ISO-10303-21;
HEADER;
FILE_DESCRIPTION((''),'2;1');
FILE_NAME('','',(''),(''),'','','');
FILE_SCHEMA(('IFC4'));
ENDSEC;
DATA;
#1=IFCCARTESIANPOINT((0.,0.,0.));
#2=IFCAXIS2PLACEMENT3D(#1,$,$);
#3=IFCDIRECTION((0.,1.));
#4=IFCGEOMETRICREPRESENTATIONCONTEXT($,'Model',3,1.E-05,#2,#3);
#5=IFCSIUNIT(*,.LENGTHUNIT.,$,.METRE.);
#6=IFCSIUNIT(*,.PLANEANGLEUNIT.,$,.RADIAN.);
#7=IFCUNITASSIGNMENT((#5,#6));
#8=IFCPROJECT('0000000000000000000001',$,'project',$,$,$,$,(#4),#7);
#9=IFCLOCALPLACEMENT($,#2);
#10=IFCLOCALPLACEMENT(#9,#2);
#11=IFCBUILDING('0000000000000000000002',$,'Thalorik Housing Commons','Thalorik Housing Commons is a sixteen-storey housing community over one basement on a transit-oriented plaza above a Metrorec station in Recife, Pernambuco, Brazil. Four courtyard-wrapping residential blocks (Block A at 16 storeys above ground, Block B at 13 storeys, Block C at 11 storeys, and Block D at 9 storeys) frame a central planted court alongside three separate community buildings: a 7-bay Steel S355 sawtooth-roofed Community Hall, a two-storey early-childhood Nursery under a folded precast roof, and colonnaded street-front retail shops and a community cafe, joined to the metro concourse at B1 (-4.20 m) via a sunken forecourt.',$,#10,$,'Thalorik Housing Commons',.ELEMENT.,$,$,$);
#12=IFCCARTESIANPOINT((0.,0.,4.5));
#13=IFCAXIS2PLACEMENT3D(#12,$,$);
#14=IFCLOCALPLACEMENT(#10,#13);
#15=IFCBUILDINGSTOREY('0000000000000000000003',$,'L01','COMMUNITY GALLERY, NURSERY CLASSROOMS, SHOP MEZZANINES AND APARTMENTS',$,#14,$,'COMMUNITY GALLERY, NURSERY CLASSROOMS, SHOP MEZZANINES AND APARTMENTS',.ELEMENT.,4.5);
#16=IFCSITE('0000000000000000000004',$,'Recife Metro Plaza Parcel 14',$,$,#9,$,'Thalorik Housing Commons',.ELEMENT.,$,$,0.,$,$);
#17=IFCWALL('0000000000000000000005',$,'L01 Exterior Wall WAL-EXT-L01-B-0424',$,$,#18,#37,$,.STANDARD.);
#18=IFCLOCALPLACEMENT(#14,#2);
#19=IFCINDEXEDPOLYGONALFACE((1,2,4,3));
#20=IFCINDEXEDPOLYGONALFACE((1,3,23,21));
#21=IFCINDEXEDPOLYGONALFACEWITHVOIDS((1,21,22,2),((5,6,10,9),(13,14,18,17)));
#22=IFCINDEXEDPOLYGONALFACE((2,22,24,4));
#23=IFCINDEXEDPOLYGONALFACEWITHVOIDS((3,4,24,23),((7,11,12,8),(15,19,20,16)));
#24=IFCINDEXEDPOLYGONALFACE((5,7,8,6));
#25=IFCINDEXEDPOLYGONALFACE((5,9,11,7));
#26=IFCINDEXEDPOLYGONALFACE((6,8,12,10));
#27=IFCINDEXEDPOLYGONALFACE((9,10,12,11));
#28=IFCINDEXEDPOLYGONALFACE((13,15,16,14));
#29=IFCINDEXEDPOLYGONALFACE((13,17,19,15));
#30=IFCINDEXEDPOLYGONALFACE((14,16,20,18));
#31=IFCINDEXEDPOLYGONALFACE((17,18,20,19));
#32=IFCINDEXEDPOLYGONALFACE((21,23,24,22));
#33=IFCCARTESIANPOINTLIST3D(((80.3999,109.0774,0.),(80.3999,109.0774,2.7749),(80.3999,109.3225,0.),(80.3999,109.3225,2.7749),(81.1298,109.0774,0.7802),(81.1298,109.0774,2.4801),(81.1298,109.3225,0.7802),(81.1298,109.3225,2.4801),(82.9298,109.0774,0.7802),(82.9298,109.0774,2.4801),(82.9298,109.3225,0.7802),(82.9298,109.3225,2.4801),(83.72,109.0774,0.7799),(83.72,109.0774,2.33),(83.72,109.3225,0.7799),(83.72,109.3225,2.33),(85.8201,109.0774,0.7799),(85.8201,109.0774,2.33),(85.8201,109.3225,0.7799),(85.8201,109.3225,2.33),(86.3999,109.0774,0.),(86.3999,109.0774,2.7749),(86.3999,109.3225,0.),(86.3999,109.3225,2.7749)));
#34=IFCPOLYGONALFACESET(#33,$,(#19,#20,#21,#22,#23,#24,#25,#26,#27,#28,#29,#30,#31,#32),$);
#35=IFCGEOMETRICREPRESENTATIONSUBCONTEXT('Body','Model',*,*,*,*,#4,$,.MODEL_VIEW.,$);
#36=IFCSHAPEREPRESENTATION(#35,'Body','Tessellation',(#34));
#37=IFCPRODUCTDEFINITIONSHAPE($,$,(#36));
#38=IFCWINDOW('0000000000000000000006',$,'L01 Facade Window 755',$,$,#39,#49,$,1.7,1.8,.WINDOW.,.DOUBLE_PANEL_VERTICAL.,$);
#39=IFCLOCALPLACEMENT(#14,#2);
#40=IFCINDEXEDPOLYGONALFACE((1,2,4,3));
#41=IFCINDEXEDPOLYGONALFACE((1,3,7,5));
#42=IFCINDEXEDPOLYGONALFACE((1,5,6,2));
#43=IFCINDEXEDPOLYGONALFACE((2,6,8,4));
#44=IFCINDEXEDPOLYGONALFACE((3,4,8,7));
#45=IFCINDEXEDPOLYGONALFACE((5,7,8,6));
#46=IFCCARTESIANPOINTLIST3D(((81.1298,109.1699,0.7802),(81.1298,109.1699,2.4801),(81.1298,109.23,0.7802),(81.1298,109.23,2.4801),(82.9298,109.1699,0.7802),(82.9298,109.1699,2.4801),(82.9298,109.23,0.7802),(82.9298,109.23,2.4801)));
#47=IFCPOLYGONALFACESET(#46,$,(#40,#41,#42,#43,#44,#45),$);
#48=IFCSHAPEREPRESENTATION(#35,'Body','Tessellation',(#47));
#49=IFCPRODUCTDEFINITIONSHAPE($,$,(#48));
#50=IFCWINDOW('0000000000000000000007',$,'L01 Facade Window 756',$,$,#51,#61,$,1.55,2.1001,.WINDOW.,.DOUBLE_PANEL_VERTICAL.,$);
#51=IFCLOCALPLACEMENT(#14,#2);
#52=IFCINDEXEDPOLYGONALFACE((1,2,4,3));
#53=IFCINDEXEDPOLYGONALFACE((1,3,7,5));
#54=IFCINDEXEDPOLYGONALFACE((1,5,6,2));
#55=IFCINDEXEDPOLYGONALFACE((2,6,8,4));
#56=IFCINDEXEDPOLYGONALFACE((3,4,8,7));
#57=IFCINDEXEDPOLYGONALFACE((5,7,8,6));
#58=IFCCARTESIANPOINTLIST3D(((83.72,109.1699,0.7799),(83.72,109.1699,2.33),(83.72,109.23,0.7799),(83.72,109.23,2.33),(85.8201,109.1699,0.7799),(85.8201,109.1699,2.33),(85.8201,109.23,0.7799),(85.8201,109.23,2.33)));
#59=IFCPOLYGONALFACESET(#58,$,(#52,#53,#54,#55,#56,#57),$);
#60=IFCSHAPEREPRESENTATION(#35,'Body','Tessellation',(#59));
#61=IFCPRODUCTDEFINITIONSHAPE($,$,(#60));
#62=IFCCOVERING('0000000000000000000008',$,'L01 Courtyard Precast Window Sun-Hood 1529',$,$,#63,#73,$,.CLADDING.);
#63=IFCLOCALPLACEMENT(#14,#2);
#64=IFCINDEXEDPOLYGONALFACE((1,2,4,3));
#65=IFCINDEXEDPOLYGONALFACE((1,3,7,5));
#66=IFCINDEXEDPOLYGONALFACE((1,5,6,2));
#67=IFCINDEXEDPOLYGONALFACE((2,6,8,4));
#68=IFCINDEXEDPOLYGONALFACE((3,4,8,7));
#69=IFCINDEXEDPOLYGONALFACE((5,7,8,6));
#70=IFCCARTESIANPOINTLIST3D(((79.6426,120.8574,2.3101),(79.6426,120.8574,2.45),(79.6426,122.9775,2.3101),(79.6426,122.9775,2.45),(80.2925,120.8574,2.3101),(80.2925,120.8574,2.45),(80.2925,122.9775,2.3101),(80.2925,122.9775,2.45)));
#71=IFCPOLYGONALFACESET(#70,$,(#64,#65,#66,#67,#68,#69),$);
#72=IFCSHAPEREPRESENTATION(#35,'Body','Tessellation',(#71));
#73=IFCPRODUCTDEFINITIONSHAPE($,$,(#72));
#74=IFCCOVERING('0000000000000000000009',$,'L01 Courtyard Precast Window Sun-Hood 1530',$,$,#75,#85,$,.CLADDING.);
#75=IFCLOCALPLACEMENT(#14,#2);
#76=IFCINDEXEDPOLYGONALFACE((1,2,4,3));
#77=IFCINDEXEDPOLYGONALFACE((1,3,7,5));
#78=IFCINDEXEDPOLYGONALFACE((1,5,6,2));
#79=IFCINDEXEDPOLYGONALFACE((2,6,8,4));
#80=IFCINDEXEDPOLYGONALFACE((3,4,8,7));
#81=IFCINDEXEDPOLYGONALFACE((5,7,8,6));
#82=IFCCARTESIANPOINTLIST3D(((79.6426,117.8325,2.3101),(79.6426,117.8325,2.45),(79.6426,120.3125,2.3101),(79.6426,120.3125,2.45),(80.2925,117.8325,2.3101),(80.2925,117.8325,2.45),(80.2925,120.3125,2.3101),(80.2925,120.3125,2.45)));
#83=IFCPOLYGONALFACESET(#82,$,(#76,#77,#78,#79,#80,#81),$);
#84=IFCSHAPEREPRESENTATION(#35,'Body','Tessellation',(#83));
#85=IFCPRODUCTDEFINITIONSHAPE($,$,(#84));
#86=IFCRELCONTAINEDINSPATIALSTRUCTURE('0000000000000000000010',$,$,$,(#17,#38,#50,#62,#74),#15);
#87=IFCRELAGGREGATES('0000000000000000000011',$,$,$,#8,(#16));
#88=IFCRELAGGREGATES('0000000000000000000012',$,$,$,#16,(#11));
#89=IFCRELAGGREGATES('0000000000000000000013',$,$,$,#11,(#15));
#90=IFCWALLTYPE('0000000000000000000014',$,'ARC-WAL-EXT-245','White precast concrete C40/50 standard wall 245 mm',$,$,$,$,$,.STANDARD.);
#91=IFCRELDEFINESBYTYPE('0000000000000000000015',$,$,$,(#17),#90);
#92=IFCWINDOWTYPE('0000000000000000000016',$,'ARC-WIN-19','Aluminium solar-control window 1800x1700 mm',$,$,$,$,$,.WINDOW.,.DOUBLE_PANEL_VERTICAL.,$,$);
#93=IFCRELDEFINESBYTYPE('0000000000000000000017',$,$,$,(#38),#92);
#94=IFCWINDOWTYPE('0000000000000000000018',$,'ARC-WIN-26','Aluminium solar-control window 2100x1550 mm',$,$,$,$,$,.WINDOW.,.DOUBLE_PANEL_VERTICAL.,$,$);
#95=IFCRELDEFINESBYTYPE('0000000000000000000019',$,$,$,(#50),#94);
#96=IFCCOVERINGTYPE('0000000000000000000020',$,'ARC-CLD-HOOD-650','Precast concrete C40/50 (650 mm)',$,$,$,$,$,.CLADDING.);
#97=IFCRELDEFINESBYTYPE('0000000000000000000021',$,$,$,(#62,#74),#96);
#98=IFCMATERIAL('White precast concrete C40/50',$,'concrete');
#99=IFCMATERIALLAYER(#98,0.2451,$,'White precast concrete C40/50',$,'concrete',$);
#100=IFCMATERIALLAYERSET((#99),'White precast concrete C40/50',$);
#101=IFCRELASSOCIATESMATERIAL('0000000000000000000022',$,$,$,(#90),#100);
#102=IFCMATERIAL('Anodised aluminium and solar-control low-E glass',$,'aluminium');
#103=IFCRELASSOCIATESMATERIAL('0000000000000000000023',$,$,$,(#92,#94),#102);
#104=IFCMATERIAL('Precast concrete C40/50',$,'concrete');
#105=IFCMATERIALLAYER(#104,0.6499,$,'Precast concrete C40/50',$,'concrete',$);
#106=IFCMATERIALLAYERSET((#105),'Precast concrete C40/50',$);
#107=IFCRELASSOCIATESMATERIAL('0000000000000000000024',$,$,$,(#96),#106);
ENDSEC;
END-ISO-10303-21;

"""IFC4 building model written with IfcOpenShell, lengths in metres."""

from ifc_helpers import new_model, si_unit, direction, frame, frame_2d, origin, origin_2d, place, context, subcontext, project, spatial, rectangle, extrude, material, layer, layer_set, type_object, element, fill, save


model = new_model("IFC4")

# Units and contexts
model_context = context("Model", 3, precision=1e-05, world=origin(), true_north=direction((0.0, 1.0)))
body_context = subcontext(model_context, "Body", "Model", "MODEL_VIEW")
ifc_project = project(units=[si_unit("LENGTHUNIT", "METRE"), si_unit("PLANEANGLEUNIT", "RADIAN")], contexts=[model_context])

# Site, building, storey
site_placement = place(None, origin())
site = spatial("IfcSite", under=ifc_project, at=site_placement, Name="Recife Metro Plaza Parcel 14", LongName="Thalorik Housing Commons", CompositionType="ELEMENT", RefElevation=0.0)
building_placement = place(site_placement, origin())
building = spatial("IfcBuilding", under=site, at=building_placement, Name="Thalorik Housing Commons", Description="Thalorik Housing Commons is a sixteen-storey housing community over one basement on a transit-oriented plaza above a Metrorec station in Recife, Pernambuco, Brazil. Four courtyard-wrapping residential blocks (Block A at 16 storeys above ground, Block B at 13 storeys, Block C at 11 storeys, and Block D at 9 storeys) frame a central planted court alongside three separate community buildings: a 7-bay Steel S355 sawtooth-roofed Community Hall, a two-storey early-childhood Nursery under a folded precast roof, and colonnaded street-front retail shops and a community cafe, joined to the metro concourse at B1 (-4.20 m) via a sunken forecourt.", LongName="Thalorik Housing Commons", CompositionType="ELEMENT")
storey_placement = place(building_placement, frame((0.0, 0.0, 4.5)))
storey = spatial("IfcBuildingStorey", under=building, at=storey_placement, Name="L01", Description="COMMUNITY GALLERY, NURSERY CLASSROOMS, SHOP MEZZANINES AND APARTMENTS", LongName="COMMUNITY GALLERY, NURSERY CLASSROOMS, SHOP MEZZANINES AND APARTMENTS", CompositionType="ELEMENT", Elevation=4.5)

# Shared definitions
ifc_material_1 = material(Name="Precast concrete C40/50", Category="concrete")

# Shared definitions
ifc_material_2 = material(Name="Anodised aluminium and solar-control low-E glass", Category="aluminium")

# Shared definitions
ifc_material_3 = material(Name="White precast concrete C40/50", Category="concrete")
ifc_layer_1 = layer(ifc_material_3, 0.2451, Name="White precast concrete C40/50", Category="concrete")
ifc_layer_set_1 = layer_set([ifc_layer_1], Name="White precast concrete C40/50")
wall_type = type_object("IfcWallType", Name="ARC-WAL-EXT-245", Description="White precast concrete C40/50 standard wall 245 mm", PredefinedType="STANDARD", material=ifc_layer_set_1)

# Wall, openings, windows
wall_1_placement = place(storey_placement, frame((80.3999, 109.2, 0.0), z_axis=(0.0, 0.0, 1.0), x_axis=(1.0, 0.0, 0.0)))
wall_1 = element("IfcWall", 1, at=wall_1_placement, inside=storey, type_object=wall_type, Name="L01 Exterior Wall WAL-EXT-L01-B-0424", PredefinedType="STANDARD", context=body_context, shape_type="SweptSolid", body=[
    extrude(rectangle(XDim=6.0, YDim=0.2451, at=frame_2d((3.0, 0.0))), origin(), (0.0, 0.0, 1.0), 2.7749),
])
opening_1_placement = place(wall_1_placement, frame((0.73, 0.0, 0.78)))
opening_1 = element("IfcOpeningElement", 2, at=opening_1_placement, cuts=wall_1, PredefinedType="OPENING", context=body_context, shape_type="SweptSolid", body=[
    extrude(rectangle(XDim=1.8, YDim=1.7, at=frame_2d((0.8999, 0.8501))), frame((0.0, 0.1326, 0.0), z_axis=(0.0, -1.0, 0.0), x_axis=(1.0, 0.0, 0.0)), (0.0, 0.0, 1.0), 0.2651),
])
opening_2_placement = place(wall_1_placement, frame((3.3201, 0.0, 0.78)))
opening_2 = element("IfcOpeningElement", 3, at=opening_2_placement, cuts=wall_1, PredefinedType="OPENING", context=body_context, shape_type="SweptSolid", body=[
    extrude(rectangle(XDim=2.1001, YDim=1.55, at=frame_2d((1.05, 0.7749))), frame((0.0, 0.1326, 0.0), z_axis=(0.0, -1.0, 0.0), x_axis=(1.0, 0.0, 0.0)), (0.0, 0.0, 1.0), 0.2651),
])
window_type_1 = type_object("IfcWindowType", Name="ARC-WIN-19", Description="Aluminium solar-control window 1800x1700 mm", PartitioningType="DOUBLE_PANEL_VERTICAL", PredefinedType="WINDOW", material=ifc_material_2)
window_1_placement = place(opening_1_placement, origin())
window_1 = element("IfcWindow", 4, at=window_1_placement, inside=storey, type_object=window_type_1, Name="L01 Facade Window 755", OverallHeight=1.7, OverallWidth=1.8, PartitioningType="DOUBLE_PANEL_VERTICAL", PredefinedType="WINDOW", context=body_context, shape_type="SweptSolid", body=[
    extrude(rectangle(XDim=1.8, YDim=1.7, at=frame_2d((0.8999, 0.8501))), frame((0.0, 0.03, 0.0), z_axis=(0.0, -1.0, 0.0), x_axis=(1.0, 0.0, 0.0)), (0.0, 0.0, 1.0), 0.0601),
])
fill(opening_1, window_1)
window_type_2 = type_object("IfcWindowType", Name="ARC-WIN-26", Description="Aluminium solar-control window 2100x1550 mm", PartitioningType="DOUBLE_PANEL_VERTICAL", PredefinedType="WINDOW", material=ifc_material_2)
window_2_placement = place(opening_2_placement, origin())
window_2 = element("IfcWindow", 5, at=window_2_placement, inside=storey, type_object=window_type_2, Name="L01 Facade Window 756", OverallHeight=1.55, OverallWidth=2.1001, PartitioningType="DOUBLE_PANEL_VERTICAL", PredefinedType="WINDOW", context=body_context, shape_type="SweptSolid", body=[
    extrude(rectangle(XDim=2.1001, YDim=1.55, at=frame_2d((1.05, 0.7749))), frame((0.0, 0.03, 0.0), z_axis=(0.0, -1.0, 0.0), x_axis=(1.0, 0.0, 0.0)), (0.0, 0.0, 1.0), 0.0601),
])
fill(opening_2, window_2)

# Coverings
ifc_layer_2 = layer(ifc_material_1, 0.6499, Name="Precast concrete C40/50", Category="concrete")
ifc_layer_set_2 = layer_set([ifc_layer_2], Name="Precast concrete C40/50")
covering_type = type_object("IfcCoveringType", Name="ARC-CLD-HOOD-650", Description="Precast concrete C40/50 (650 mm)", PredefinedType="CLADDING", material=ifc_layer_set_2)
covering_1_placement = place(storey_placement, frame((79.9675, 121.9175, 2.3101), z_axis=(0.0, 0.0, 1.0), x_axis=(0.0, -1.0, 0.0)))
element("IfcCovering", 6, at=covering_1_placement, inside=storey, type_object=covering_type, Name="L01 Courtyard Precast Window Sun-Hood 1529", PredefinedType="CLADDING", context=body_context, shape_type="SweptSolid", body=[
    extrude(rectangle(XDim=2.1201, YDim=0.6499, at=origin_2d()), origin(), (0.0, 0.0, 1.0), 0.1399),
])
covering_2_placement = place(storey_placement, frame((79.9675, 119.0725, 2.3101), z_axis=(0.0, 0.0, 1.0), x_axis=(0.0, -1.0, 0.0)))
element("IfcCovering", 7, at=covering_2_placement, inside=storey, type_object=covering_type, Name="L01 Courtyard Precast Window Sun-Hood 1530", PredefinedType="CLADDING", context=body_context, shape_type="SweptSolid", body=[
    extrude(rectangle(XDim=2.48, YDim=0.6499, at=origin_2d()), origin(), (0.0, 0.0, 1.0), 0.1399),
])

save(model, "model.ifc")
